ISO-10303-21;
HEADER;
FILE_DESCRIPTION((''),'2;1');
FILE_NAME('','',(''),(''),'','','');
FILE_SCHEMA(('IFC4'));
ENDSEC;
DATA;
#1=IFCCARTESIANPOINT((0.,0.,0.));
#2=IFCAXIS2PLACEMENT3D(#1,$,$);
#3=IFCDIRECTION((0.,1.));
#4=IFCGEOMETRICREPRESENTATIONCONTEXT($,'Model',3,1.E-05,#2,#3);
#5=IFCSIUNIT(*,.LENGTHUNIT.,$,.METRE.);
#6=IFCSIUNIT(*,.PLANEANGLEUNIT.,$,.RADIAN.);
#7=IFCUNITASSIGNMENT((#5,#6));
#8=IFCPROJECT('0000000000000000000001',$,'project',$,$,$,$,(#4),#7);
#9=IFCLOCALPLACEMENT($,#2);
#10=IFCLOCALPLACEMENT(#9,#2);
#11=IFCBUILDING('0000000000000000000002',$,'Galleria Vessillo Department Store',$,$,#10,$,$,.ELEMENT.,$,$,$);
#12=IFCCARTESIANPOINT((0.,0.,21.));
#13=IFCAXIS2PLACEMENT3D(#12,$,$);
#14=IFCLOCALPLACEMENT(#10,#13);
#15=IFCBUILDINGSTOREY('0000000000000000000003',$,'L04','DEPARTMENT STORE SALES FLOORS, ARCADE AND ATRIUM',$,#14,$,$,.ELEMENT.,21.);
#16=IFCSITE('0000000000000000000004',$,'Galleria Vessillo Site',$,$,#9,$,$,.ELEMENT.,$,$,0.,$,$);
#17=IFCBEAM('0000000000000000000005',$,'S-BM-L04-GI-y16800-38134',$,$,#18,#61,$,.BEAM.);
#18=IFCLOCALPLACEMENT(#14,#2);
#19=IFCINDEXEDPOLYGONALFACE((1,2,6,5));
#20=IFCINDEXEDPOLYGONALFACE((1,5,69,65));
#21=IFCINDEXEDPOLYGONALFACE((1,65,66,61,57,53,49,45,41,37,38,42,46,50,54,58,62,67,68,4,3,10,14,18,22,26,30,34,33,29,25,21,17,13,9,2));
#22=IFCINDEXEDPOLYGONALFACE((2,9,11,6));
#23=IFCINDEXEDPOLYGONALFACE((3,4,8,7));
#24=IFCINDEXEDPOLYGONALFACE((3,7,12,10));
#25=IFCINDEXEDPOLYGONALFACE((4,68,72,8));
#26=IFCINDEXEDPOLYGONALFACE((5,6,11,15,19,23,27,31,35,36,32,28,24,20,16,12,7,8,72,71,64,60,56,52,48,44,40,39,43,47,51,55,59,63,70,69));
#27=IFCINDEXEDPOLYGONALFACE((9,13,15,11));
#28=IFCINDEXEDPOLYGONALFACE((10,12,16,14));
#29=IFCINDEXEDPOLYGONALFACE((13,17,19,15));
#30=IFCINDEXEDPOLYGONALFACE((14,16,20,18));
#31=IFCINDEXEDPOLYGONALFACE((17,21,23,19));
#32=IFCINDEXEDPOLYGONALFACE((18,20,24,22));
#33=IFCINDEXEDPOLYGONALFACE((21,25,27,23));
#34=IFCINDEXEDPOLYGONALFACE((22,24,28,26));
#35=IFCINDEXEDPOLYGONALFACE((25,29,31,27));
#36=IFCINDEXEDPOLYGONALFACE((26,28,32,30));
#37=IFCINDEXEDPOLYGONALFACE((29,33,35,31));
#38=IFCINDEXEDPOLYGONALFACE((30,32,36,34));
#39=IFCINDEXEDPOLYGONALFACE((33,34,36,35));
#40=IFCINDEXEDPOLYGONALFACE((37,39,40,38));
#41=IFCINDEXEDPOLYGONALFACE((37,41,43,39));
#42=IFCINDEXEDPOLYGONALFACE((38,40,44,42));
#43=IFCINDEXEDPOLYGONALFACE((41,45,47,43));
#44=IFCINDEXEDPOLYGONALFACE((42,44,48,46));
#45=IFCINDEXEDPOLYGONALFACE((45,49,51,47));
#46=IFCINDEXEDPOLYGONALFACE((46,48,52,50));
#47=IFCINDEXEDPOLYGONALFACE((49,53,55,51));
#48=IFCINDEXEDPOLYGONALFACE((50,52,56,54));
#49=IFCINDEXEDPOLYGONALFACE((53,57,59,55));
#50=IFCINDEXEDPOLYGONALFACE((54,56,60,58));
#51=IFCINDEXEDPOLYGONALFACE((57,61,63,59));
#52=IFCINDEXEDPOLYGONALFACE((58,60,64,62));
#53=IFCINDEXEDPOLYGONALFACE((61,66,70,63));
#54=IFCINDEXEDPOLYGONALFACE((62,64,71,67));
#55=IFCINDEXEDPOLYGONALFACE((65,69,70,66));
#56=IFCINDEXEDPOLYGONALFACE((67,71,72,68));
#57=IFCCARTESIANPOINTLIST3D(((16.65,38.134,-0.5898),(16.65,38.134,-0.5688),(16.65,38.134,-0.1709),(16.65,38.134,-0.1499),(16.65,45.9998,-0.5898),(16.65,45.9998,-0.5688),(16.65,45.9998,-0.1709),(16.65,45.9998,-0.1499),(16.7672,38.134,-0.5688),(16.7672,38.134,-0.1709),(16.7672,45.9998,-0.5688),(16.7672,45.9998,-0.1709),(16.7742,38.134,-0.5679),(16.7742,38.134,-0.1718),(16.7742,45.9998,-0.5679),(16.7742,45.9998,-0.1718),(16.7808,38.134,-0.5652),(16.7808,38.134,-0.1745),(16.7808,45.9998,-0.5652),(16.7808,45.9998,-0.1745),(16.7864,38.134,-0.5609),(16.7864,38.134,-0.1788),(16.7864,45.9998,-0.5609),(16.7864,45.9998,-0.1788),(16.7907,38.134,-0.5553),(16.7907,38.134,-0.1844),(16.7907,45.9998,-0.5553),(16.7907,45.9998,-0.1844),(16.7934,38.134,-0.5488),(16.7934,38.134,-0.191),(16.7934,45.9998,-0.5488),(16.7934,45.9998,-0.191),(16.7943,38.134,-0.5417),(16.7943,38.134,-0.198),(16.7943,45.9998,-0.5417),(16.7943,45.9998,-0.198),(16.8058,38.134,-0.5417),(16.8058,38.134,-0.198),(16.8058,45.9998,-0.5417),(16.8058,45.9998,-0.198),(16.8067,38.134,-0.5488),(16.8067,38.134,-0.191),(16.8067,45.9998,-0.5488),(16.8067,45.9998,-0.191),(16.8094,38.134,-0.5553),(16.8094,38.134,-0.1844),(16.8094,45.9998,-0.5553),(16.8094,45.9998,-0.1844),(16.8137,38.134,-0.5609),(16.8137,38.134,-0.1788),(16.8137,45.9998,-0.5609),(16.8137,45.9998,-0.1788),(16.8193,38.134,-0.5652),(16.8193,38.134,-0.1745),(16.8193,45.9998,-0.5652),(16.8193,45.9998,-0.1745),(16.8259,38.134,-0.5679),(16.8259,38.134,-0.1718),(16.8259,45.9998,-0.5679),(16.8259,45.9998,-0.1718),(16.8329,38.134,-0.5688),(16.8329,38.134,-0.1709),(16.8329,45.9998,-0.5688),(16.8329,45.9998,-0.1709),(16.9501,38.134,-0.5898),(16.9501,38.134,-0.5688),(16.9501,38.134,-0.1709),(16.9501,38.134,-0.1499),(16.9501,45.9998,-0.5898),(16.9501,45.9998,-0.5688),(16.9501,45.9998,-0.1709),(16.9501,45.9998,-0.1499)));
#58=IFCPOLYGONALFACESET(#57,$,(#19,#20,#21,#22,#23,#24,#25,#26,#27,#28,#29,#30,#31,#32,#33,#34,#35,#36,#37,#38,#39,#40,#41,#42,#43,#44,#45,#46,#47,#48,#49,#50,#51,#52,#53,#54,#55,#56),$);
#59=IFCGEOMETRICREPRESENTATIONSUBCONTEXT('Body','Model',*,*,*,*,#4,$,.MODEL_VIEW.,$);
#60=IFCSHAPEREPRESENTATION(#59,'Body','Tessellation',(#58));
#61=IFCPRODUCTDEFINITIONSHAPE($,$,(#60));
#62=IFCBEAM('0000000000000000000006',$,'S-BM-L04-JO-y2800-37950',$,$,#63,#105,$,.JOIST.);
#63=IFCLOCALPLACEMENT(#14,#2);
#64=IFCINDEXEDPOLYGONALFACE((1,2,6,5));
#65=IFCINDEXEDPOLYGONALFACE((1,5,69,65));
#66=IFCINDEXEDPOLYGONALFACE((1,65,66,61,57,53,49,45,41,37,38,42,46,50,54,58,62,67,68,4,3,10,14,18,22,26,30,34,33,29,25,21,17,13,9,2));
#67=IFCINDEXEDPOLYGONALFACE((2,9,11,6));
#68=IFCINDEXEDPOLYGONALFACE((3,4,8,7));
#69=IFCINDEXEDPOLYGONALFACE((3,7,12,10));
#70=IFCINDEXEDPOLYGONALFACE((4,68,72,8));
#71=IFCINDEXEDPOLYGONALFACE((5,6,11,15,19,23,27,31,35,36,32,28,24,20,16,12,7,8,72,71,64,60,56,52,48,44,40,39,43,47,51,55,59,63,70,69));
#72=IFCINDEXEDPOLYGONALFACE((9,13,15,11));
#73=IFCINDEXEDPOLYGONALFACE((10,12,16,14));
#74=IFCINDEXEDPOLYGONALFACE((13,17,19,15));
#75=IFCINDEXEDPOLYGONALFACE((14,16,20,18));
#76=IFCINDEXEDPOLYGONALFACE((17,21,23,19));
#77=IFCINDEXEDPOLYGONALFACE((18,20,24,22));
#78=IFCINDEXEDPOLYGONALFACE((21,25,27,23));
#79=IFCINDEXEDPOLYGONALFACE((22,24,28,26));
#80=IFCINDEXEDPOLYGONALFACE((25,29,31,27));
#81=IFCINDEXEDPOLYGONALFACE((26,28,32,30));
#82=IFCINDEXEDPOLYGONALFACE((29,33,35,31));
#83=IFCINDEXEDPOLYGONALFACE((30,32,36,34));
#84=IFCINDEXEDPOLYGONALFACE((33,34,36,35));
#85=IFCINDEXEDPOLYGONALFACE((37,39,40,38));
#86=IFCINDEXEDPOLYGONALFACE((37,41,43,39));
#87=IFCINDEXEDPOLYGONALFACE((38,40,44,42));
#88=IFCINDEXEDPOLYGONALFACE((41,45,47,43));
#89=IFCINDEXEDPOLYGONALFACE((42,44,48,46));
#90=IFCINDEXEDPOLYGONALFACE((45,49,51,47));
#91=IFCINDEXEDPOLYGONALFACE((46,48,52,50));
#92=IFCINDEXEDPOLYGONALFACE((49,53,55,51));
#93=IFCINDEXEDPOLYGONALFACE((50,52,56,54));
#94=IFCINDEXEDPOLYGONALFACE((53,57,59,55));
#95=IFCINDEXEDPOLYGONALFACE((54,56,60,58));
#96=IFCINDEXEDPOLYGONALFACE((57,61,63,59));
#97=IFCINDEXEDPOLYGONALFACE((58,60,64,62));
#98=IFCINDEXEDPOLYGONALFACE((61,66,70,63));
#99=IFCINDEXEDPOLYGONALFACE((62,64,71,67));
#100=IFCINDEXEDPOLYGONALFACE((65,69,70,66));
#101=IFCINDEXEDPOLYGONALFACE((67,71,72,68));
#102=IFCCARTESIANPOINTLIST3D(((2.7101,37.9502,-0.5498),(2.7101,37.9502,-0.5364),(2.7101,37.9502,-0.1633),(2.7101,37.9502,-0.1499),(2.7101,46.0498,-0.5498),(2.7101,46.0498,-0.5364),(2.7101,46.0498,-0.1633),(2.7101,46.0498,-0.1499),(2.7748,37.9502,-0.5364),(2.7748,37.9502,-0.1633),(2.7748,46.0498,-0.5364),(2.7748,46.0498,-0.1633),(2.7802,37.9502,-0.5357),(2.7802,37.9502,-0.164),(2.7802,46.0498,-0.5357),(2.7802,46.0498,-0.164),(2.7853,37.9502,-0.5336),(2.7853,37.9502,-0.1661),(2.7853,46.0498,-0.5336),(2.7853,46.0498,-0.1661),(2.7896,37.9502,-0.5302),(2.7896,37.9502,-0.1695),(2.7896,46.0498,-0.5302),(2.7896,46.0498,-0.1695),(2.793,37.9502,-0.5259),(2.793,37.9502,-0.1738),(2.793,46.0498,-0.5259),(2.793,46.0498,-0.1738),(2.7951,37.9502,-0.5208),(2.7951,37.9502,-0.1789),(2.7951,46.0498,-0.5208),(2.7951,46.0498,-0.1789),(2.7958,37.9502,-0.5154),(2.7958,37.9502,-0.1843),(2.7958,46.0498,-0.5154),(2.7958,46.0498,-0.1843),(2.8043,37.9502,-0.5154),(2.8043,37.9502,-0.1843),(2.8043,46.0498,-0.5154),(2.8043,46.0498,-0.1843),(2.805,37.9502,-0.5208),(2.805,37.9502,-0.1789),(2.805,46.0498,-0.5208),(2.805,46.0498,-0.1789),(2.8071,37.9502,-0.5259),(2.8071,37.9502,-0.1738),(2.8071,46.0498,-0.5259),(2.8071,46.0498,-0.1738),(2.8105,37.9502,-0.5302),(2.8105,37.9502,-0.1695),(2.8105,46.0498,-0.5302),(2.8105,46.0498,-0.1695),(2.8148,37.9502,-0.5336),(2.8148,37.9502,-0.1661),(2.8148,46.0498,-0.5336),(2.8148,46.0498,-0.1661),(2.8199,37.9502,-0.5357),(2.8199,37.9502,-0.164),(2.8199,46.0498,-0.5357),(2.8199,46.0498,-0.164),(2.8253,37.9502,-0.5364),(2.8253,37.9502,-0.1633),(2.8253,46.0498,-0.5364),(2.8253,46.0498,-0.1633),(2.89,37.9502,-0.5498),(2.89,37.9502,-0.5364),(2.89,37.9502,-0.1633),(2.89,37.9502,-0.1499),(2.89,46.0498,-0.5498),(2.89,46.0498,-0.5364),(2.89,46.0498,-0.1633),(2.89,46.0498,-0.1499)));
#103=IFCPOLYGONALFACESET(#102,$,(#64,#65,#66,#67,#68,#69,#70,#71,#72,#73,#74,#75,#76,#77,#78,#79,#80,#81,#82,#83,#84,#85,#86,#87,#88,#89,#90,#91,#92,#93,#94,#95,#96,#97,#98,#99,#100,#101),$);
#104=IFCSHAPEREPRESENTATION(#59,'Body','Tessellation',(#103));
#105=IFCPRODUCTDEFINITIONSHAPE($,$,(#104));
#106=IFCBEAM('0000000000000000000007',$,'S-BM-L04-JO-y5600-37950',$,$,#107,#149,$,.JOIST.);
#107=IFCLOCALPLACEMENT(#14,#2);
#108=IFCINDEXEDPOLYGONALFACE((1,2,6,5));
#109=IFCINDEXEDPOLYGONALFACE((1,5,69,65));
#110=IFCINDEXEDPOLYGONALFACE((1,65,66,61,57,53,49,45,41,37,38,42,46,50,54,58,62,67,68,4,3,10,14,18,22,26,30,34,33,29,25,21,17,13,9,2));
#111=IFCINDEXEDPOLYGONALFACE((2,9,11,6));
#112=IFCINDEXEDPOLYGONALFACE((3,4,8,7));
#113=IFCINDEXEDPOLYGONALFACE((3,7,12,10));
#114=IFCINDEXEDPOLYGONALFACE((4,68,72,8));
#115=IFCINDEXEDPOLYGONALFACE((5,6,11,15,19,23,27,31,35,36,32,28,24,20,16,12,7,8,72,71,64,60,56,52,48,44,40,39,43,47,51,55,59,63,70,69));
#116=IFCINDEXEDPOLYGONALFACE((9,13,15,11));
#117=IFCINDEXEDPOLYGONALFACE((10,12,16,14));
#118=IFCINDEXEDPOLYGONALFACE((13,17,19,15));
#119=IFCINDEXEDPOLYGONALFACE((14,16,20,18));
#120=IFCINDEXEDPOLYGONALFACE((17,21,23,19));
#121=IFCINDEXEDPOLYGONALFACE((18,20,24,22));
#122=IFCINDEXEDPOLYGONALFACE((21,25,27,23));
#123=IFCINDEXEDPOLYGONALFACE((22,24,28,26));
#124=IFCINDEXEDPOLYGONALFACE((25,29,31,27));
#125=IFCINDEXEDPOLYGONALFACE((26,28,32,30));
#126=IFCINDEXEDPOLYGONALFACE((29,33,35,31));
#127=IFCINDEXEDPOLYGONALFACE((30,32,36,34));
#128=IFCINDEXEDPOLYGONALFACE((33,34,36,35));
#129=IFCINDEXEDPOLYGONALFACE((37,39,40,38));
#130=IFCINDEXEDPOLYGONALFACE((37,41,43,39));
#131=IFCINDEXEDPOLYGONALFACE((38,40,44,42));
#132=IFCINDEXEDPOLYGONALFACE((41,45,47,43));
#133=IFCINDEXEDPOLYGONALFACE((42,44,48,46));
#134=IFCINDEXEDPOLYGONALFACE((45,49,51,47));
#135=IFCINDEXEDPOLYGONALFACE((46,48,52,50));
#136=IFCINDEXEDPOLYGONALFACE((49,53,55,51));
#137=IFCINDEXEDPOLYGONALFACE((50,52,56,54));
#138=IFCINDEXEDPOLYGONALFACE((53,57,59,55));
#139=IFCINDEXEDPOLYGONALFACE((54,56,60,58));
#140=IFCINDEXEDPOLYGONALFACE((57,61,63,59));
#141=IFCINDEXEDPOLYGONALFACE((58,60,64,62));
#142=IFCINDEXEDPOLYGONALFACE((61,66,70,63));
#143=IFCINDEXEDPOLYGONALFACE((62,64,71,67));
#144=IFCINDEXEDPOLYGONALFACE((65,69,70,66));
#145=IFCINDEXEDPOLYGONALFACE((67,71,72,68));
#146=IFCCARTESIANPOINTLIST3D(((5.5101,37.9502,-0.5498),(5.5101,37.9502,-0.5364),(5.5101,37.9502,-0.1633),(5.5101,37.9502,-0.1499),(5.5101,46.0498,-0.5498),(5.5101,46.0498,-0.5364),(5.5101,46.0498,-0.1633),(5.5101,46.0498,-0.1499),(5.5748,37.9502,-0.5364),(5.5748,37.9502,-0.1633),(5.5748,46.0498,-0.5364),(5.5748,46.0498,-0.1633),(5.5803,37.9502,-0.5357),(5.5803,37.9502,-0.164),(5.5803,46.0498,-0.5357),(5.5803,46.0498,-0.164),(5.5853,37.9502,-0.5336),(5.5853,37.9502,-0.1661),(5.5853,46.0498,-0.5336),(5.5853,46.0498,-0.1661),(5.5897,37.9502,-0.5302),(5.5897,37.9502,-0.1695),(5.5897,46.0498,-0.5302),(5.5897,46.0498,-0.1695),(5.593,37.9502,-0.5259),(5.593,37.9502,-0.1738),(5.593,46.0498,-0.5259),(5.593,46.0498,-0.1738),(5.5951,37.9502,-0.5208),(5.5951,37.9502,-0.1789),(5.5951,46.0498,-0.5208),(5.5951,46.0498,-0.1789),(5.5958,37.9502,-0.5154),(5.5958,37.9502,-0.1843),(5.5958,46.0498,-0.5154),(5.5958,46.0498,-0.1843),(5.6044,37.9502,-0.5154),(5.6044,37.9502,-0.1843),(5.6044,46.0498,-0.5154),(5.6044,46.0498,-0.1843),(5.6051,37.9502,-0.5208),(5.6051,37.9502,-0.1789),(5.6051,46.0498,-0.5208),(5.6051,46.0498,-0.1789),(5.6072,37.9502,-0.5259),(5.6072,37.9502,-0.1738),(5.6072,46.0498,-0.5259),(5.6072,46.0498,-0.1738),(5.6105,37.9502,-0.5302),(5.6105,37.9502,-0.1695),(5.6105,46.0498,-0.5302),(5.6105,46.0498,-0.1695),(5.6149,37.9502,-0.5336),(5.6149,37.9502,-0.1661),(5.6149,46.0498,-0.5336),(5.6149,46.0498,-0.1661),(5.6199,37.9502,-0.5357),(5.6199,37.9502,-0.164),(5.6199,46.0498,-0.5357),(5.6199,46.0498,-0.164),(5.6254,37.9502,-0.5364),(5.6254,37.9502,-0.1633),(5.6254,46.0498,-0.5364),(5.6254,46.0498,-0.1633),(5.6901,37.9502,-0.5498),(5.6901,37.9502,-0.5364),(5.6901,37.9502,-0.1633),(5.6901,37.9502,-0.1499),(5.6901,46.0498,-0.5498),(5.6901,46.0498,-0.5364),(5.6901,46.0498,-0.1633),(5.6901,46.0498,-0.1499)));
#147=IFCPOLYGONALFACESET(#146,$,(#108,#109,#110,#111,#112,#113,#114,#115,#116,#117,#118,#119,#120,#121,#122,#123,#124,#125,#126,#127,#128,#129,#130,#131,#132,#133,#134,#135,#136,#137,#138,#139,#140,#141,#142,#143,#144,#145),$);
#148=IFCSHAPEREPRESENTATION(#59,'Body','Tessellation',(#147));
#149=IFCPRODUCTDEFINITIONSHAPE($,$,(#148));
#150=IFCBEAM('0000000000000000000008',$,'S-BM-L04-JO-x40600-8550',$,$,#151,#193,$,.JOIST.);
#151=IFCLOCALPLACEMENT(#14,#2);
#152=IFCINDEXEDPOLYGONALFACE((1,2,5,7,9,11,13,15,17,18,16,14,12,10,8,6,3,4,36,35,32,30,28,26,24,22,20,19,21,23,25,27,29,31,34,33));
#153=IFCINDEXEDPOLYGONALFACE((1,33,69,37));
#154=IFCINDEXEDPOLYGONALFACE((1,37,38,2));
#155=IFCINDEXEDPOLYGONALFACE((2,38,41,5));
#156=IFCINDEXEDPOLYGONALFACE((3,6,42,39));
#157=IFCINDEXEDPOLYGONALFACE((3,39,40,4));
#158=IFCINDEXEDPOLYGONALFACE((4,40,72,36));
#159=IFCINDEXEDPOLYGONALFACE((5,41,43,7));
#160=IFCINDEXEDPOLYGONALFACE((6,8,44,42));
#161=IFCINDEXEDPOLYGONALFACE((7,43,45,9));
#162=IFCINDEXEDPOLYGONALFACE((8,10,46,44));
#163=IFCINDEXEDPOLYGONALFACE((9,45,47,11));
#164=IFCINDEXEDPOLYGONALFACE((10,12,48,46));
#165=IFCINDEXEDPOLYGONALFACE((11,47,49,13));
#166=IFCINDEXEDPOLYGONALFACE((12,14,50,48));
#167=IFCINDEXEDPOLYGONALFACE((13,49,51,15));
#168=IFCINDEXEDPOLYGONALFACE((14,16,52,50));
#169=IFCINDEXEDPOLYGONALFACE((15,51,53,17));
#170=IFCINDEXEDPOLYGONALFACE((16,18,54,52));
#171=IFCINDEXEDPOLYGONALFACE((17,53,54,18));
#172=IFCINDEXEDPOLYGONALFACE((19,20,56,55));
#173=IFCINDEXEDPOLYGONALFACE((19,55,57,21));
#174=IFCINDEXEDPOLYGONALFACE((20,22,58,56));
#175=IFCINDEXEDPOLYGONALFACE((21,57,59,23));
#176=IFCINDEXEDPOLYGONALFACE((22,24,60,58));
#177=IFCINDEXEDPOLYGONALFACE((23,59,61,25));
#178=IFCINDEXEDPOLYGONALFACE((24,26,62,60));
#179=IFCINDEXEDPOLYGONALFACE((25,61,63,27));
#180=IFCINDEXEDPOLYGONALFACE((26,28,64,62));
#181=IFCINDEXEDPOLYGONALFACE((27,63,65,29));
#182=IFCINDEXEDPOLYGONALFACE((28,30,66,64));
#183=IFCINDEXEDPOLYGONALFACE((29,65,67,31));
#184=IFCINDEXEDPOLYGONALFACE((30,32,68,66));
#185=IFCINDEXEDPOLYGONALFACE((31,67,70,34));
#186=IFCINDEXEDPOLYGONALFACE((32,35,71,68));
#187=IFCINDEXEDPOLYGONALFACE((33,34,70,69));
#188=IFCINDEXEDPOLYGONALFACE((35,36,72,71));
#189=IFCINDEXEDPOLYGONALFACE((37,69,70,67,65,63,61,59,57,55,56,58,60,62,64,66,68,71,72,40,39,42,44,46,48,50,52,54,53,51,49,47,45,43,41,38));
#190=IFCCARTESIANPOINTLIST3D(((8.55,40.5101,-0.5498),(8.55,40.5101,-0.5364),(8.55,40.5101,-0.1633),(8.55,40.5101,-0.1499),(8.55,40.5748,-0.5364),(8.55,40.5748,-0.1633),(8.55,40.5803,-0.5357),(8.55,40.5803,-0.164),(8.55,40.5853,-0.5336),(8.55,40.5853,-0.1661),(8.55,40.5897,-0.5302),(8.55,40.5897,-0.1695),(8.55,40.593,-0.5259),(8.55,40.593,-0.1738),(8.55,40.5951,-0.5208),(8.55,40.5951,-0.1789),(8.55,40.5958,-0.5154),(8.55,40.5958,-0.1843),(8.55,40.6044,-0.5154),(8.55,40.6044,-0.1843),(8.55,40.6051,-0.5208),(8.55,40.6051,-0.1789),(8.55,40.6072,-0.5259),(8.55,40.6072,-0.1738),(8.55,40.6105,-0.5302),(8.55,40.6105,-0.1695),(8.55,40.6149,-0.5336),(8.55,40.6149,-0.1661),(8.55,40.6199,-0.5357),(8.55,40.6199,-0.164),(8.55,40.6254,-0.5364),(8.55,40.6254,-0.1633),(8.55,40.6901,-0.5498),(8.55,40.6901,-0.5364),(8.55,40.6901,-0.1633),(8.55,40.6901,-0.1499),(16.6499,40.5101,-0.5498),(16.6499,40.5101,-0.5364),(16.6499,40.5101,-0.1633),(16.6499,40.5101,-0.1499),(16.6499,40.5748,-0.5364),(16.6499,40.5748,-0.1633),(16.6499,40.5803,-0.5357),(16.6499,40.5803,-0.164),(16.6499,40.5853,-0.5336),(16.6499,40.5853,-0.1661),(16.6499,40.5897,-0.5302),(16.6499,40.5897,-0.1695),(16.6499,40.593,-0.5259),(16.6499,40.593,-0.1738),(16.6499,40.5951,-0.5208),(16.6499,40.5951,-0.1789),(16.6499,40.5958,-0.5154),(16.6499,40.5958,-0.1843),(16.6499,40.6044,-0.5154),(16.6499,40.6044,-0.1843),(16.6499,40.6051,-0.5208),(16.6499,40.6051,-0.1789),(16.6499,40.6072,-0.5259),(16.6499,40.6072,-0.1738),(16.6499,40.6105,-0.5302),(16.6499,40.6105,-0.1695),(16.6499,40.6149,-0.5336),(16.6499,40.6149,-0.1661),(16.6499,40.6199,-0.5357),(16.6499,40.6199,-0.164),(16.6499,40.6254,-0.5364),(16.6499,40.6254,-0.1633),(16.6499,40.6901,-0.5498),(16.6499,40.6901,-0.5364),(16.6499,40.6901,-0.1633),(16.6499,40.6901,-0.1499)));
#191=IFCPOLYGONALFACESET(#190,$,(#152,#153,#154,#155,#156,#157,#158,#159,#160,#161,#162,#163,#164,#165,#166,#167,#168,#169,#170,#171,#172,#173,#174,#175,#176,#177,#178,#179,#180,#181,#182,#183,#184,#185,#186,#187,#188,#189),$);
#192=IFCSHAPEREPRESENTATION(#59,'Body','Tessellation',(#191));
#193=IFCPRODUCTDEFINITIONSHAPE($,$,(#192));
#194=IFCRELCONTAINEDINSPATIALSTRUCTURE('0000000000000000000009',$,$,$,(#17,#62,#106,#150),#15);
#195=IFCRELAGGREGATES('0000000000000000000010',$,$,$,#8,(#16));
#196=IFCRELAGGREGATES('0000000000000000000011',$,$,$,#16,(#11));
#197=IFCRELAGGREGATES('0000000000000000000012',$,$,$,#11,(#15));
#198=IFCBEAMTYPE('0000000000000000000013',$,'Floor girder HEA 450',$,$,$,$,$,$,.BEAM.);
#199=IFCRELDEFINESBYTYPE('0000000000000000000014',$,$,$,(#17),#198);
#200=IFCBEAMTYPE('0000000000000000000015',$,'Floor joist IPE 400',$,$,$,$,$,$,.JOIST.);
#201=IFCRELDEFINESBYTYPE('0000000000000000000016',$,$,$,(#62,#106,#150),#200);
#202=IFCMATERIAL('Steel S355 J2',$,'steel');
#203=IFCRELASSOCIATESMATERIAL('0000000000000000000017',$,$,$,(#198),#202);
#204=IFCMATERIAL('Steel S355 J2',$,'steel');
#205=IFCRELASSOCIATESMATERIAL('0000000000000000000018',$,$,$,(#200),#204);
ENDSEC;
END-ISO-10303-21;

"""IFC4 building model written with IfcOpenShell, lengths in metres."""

from ifc_helpers import new_model, si_unit, direction, frame, origin, origin_2d, place, context, subcontext, project, spatial, i_section, extrude, material, material_profile, profile_set, type_object, element, save


model = new_model("IFC4")

# Units and contexts
model_context = context("Model", 3, precision=1e-05, world=origin(), true_north=direction((0.0, 1.0)))
body_context = subcontext(model_context, "Body", "Model", "MODEL_VIEW")
ifc_project = project(units=[si_unit("LENGTHUNIT", "METRE"), si_unit("PLANEANGLEUNIT", "RADIAN")], contexts=[model_context])

# Site, building, storey
site_placement = place(None, origin())
site = spatial("IfcSite", under=ifc_project, at=site_placement, Name="Galleria Vessillo Site", CompositionType="ELEMENT", RefElevation=0.0)
building_placement = place(site_placement, origin())
building = spatial("IfcBuilding", under=site, at=building_placement, Name="Galleria Vessillo Department Store", CompositionType="ELEMENT")
storey_placement = place(building_placement, frame((0.0, 0.0, 21.0)))
storey = spatial("IfcBuildingStorey", under=building, at=storey_placement, Name="L04", Description="DEPARTMENT STORE SALES FLOORS, ARCADE AND ATRIUM", CompositionType="ELEMENT", Elevation=21.0)

# Beams
ifc_material_1 = material(Name="Steel S355 J2", Category="steel")
ifc_material_profile_1 = material_profile(ifc_material_1, i_section(OverallWidth=0.3, OverallDepth=0.4399, WebThickness=0.0115, FlangeThickness=0.021, FilletRadius=0.0271, at=origin_2d()), Name="HEA 450")
ifc_profile_set_1 = profile_set([ifc_material_profile_1], Name="Steel S355 J2")
beam_type_1 = type_object("IfcBeamType", Name="Floor girder HEA 450", PredefinedType="BEAM", material=ifc_profile_set_1)
for number, where, z_axis, x_axis, name in (
    (1, (16.8, 38.134, -0.3699), (0.0, 1.0, 0.0), (-1.0, 0.0, 0.0), "S-BM-L04-GI-y16800-38134"),
):
    element("IfcBeam", number, at=place(storey_placement, frame(where, z_axis=z_axis, x_axis=x_axis)), inside=storey, type_object=beam_type_1, Name=name, PredefinedType="BEAM", context=body_context, shape_type="SweptSolid", body=[
        extrude(i_section(OverallWidth=0.3, OverallDepth=0.4399, WebThickness=0.0115, FlangeThickness=0.021, FilletRadius=0.0271, at=origin_2d()), origin(), (0.0, 0.0, 1.0), 7.8657),
    ])
ifc_material_2 = material(Name="Steel S355 J2", Category="steel")
ifc_material_profile_2 = material_profile(ifc_material_2, i_section(OverallWidth=0.1799, OverallDepth=0.3999, WebThickness=0.0085, FlangeThickness=0.0134, FilletRadius=0.021, at=origin_2d()), Name="IPE 400")
ifc_profile_set_2 = profile_set([ifc_material_profile_2], Name="Steel S355 J2")
beam_type_2 = type_object("IfcBeamType", Name="Floor joist IPE 400", PredefinedType="JOIST", material=ifc_profile_set_2)
for number, where, z_axis, x_axis, name in (
    (2, (2.8, 37.9502, -0.3499), (0.0, 1.0, 0.0), (-1.0, 0.0, 0.0), "S-BM-L04-JO-y2800-37950"),
    (3, (5.6001, 37.9502, -0.3499), (0.0, 1.0, 0.0), (-1.0, 0.0, 0.0), "S-BM-L04-JO-y5600-37950"),
):
    element("IfcBeam", number, at=place(storey_placement, frame(where, z_axis=z_axis, x_axis=x_axis)), inside=storey, type_object=beam_type_2, Name=name, PredefinedType="JOIST", context=body_context, shape_type="SweptSolid", body=[
        extrude(i_section(OverallWidth=0.1799, OverallDepth=0.3999, WebThickness=0.0085, FlangeThickness=0.0134, FilletRadius=0.021, at=origin_2d()), origin(), (0.0, 0.0, 1.0), 8.0996),
    ])
for number, where, z_axis, x_axis, name in (
    (4, (8.55, 40.6001, -0.3499), (1.0, 0.0, 0.0), (0.0, 1.0, 0.0), "S-BM-L04-JO-x40600-8550"),
):
    element("IfcBeam", number, at=place(storey_placement, frame(where, z_axis=z_axis, x_axis=x_axis)), inside=storey, type_object=beam_type_2, Name=name, PredefinedType="JOIST", context=body_context, shape_type="SweptSolid", body=[
        extrude(i_section(OverallWidth=0.1799, OverallDepth=0.3999, WebThickness=0.0085, FlangeThickness=0.0134, FilletRadius=0.021, at=origin_2d()), origin(), (0.0, 0.0, 1.0), 8.0999),
    ])

save(model, "model.ifc")
